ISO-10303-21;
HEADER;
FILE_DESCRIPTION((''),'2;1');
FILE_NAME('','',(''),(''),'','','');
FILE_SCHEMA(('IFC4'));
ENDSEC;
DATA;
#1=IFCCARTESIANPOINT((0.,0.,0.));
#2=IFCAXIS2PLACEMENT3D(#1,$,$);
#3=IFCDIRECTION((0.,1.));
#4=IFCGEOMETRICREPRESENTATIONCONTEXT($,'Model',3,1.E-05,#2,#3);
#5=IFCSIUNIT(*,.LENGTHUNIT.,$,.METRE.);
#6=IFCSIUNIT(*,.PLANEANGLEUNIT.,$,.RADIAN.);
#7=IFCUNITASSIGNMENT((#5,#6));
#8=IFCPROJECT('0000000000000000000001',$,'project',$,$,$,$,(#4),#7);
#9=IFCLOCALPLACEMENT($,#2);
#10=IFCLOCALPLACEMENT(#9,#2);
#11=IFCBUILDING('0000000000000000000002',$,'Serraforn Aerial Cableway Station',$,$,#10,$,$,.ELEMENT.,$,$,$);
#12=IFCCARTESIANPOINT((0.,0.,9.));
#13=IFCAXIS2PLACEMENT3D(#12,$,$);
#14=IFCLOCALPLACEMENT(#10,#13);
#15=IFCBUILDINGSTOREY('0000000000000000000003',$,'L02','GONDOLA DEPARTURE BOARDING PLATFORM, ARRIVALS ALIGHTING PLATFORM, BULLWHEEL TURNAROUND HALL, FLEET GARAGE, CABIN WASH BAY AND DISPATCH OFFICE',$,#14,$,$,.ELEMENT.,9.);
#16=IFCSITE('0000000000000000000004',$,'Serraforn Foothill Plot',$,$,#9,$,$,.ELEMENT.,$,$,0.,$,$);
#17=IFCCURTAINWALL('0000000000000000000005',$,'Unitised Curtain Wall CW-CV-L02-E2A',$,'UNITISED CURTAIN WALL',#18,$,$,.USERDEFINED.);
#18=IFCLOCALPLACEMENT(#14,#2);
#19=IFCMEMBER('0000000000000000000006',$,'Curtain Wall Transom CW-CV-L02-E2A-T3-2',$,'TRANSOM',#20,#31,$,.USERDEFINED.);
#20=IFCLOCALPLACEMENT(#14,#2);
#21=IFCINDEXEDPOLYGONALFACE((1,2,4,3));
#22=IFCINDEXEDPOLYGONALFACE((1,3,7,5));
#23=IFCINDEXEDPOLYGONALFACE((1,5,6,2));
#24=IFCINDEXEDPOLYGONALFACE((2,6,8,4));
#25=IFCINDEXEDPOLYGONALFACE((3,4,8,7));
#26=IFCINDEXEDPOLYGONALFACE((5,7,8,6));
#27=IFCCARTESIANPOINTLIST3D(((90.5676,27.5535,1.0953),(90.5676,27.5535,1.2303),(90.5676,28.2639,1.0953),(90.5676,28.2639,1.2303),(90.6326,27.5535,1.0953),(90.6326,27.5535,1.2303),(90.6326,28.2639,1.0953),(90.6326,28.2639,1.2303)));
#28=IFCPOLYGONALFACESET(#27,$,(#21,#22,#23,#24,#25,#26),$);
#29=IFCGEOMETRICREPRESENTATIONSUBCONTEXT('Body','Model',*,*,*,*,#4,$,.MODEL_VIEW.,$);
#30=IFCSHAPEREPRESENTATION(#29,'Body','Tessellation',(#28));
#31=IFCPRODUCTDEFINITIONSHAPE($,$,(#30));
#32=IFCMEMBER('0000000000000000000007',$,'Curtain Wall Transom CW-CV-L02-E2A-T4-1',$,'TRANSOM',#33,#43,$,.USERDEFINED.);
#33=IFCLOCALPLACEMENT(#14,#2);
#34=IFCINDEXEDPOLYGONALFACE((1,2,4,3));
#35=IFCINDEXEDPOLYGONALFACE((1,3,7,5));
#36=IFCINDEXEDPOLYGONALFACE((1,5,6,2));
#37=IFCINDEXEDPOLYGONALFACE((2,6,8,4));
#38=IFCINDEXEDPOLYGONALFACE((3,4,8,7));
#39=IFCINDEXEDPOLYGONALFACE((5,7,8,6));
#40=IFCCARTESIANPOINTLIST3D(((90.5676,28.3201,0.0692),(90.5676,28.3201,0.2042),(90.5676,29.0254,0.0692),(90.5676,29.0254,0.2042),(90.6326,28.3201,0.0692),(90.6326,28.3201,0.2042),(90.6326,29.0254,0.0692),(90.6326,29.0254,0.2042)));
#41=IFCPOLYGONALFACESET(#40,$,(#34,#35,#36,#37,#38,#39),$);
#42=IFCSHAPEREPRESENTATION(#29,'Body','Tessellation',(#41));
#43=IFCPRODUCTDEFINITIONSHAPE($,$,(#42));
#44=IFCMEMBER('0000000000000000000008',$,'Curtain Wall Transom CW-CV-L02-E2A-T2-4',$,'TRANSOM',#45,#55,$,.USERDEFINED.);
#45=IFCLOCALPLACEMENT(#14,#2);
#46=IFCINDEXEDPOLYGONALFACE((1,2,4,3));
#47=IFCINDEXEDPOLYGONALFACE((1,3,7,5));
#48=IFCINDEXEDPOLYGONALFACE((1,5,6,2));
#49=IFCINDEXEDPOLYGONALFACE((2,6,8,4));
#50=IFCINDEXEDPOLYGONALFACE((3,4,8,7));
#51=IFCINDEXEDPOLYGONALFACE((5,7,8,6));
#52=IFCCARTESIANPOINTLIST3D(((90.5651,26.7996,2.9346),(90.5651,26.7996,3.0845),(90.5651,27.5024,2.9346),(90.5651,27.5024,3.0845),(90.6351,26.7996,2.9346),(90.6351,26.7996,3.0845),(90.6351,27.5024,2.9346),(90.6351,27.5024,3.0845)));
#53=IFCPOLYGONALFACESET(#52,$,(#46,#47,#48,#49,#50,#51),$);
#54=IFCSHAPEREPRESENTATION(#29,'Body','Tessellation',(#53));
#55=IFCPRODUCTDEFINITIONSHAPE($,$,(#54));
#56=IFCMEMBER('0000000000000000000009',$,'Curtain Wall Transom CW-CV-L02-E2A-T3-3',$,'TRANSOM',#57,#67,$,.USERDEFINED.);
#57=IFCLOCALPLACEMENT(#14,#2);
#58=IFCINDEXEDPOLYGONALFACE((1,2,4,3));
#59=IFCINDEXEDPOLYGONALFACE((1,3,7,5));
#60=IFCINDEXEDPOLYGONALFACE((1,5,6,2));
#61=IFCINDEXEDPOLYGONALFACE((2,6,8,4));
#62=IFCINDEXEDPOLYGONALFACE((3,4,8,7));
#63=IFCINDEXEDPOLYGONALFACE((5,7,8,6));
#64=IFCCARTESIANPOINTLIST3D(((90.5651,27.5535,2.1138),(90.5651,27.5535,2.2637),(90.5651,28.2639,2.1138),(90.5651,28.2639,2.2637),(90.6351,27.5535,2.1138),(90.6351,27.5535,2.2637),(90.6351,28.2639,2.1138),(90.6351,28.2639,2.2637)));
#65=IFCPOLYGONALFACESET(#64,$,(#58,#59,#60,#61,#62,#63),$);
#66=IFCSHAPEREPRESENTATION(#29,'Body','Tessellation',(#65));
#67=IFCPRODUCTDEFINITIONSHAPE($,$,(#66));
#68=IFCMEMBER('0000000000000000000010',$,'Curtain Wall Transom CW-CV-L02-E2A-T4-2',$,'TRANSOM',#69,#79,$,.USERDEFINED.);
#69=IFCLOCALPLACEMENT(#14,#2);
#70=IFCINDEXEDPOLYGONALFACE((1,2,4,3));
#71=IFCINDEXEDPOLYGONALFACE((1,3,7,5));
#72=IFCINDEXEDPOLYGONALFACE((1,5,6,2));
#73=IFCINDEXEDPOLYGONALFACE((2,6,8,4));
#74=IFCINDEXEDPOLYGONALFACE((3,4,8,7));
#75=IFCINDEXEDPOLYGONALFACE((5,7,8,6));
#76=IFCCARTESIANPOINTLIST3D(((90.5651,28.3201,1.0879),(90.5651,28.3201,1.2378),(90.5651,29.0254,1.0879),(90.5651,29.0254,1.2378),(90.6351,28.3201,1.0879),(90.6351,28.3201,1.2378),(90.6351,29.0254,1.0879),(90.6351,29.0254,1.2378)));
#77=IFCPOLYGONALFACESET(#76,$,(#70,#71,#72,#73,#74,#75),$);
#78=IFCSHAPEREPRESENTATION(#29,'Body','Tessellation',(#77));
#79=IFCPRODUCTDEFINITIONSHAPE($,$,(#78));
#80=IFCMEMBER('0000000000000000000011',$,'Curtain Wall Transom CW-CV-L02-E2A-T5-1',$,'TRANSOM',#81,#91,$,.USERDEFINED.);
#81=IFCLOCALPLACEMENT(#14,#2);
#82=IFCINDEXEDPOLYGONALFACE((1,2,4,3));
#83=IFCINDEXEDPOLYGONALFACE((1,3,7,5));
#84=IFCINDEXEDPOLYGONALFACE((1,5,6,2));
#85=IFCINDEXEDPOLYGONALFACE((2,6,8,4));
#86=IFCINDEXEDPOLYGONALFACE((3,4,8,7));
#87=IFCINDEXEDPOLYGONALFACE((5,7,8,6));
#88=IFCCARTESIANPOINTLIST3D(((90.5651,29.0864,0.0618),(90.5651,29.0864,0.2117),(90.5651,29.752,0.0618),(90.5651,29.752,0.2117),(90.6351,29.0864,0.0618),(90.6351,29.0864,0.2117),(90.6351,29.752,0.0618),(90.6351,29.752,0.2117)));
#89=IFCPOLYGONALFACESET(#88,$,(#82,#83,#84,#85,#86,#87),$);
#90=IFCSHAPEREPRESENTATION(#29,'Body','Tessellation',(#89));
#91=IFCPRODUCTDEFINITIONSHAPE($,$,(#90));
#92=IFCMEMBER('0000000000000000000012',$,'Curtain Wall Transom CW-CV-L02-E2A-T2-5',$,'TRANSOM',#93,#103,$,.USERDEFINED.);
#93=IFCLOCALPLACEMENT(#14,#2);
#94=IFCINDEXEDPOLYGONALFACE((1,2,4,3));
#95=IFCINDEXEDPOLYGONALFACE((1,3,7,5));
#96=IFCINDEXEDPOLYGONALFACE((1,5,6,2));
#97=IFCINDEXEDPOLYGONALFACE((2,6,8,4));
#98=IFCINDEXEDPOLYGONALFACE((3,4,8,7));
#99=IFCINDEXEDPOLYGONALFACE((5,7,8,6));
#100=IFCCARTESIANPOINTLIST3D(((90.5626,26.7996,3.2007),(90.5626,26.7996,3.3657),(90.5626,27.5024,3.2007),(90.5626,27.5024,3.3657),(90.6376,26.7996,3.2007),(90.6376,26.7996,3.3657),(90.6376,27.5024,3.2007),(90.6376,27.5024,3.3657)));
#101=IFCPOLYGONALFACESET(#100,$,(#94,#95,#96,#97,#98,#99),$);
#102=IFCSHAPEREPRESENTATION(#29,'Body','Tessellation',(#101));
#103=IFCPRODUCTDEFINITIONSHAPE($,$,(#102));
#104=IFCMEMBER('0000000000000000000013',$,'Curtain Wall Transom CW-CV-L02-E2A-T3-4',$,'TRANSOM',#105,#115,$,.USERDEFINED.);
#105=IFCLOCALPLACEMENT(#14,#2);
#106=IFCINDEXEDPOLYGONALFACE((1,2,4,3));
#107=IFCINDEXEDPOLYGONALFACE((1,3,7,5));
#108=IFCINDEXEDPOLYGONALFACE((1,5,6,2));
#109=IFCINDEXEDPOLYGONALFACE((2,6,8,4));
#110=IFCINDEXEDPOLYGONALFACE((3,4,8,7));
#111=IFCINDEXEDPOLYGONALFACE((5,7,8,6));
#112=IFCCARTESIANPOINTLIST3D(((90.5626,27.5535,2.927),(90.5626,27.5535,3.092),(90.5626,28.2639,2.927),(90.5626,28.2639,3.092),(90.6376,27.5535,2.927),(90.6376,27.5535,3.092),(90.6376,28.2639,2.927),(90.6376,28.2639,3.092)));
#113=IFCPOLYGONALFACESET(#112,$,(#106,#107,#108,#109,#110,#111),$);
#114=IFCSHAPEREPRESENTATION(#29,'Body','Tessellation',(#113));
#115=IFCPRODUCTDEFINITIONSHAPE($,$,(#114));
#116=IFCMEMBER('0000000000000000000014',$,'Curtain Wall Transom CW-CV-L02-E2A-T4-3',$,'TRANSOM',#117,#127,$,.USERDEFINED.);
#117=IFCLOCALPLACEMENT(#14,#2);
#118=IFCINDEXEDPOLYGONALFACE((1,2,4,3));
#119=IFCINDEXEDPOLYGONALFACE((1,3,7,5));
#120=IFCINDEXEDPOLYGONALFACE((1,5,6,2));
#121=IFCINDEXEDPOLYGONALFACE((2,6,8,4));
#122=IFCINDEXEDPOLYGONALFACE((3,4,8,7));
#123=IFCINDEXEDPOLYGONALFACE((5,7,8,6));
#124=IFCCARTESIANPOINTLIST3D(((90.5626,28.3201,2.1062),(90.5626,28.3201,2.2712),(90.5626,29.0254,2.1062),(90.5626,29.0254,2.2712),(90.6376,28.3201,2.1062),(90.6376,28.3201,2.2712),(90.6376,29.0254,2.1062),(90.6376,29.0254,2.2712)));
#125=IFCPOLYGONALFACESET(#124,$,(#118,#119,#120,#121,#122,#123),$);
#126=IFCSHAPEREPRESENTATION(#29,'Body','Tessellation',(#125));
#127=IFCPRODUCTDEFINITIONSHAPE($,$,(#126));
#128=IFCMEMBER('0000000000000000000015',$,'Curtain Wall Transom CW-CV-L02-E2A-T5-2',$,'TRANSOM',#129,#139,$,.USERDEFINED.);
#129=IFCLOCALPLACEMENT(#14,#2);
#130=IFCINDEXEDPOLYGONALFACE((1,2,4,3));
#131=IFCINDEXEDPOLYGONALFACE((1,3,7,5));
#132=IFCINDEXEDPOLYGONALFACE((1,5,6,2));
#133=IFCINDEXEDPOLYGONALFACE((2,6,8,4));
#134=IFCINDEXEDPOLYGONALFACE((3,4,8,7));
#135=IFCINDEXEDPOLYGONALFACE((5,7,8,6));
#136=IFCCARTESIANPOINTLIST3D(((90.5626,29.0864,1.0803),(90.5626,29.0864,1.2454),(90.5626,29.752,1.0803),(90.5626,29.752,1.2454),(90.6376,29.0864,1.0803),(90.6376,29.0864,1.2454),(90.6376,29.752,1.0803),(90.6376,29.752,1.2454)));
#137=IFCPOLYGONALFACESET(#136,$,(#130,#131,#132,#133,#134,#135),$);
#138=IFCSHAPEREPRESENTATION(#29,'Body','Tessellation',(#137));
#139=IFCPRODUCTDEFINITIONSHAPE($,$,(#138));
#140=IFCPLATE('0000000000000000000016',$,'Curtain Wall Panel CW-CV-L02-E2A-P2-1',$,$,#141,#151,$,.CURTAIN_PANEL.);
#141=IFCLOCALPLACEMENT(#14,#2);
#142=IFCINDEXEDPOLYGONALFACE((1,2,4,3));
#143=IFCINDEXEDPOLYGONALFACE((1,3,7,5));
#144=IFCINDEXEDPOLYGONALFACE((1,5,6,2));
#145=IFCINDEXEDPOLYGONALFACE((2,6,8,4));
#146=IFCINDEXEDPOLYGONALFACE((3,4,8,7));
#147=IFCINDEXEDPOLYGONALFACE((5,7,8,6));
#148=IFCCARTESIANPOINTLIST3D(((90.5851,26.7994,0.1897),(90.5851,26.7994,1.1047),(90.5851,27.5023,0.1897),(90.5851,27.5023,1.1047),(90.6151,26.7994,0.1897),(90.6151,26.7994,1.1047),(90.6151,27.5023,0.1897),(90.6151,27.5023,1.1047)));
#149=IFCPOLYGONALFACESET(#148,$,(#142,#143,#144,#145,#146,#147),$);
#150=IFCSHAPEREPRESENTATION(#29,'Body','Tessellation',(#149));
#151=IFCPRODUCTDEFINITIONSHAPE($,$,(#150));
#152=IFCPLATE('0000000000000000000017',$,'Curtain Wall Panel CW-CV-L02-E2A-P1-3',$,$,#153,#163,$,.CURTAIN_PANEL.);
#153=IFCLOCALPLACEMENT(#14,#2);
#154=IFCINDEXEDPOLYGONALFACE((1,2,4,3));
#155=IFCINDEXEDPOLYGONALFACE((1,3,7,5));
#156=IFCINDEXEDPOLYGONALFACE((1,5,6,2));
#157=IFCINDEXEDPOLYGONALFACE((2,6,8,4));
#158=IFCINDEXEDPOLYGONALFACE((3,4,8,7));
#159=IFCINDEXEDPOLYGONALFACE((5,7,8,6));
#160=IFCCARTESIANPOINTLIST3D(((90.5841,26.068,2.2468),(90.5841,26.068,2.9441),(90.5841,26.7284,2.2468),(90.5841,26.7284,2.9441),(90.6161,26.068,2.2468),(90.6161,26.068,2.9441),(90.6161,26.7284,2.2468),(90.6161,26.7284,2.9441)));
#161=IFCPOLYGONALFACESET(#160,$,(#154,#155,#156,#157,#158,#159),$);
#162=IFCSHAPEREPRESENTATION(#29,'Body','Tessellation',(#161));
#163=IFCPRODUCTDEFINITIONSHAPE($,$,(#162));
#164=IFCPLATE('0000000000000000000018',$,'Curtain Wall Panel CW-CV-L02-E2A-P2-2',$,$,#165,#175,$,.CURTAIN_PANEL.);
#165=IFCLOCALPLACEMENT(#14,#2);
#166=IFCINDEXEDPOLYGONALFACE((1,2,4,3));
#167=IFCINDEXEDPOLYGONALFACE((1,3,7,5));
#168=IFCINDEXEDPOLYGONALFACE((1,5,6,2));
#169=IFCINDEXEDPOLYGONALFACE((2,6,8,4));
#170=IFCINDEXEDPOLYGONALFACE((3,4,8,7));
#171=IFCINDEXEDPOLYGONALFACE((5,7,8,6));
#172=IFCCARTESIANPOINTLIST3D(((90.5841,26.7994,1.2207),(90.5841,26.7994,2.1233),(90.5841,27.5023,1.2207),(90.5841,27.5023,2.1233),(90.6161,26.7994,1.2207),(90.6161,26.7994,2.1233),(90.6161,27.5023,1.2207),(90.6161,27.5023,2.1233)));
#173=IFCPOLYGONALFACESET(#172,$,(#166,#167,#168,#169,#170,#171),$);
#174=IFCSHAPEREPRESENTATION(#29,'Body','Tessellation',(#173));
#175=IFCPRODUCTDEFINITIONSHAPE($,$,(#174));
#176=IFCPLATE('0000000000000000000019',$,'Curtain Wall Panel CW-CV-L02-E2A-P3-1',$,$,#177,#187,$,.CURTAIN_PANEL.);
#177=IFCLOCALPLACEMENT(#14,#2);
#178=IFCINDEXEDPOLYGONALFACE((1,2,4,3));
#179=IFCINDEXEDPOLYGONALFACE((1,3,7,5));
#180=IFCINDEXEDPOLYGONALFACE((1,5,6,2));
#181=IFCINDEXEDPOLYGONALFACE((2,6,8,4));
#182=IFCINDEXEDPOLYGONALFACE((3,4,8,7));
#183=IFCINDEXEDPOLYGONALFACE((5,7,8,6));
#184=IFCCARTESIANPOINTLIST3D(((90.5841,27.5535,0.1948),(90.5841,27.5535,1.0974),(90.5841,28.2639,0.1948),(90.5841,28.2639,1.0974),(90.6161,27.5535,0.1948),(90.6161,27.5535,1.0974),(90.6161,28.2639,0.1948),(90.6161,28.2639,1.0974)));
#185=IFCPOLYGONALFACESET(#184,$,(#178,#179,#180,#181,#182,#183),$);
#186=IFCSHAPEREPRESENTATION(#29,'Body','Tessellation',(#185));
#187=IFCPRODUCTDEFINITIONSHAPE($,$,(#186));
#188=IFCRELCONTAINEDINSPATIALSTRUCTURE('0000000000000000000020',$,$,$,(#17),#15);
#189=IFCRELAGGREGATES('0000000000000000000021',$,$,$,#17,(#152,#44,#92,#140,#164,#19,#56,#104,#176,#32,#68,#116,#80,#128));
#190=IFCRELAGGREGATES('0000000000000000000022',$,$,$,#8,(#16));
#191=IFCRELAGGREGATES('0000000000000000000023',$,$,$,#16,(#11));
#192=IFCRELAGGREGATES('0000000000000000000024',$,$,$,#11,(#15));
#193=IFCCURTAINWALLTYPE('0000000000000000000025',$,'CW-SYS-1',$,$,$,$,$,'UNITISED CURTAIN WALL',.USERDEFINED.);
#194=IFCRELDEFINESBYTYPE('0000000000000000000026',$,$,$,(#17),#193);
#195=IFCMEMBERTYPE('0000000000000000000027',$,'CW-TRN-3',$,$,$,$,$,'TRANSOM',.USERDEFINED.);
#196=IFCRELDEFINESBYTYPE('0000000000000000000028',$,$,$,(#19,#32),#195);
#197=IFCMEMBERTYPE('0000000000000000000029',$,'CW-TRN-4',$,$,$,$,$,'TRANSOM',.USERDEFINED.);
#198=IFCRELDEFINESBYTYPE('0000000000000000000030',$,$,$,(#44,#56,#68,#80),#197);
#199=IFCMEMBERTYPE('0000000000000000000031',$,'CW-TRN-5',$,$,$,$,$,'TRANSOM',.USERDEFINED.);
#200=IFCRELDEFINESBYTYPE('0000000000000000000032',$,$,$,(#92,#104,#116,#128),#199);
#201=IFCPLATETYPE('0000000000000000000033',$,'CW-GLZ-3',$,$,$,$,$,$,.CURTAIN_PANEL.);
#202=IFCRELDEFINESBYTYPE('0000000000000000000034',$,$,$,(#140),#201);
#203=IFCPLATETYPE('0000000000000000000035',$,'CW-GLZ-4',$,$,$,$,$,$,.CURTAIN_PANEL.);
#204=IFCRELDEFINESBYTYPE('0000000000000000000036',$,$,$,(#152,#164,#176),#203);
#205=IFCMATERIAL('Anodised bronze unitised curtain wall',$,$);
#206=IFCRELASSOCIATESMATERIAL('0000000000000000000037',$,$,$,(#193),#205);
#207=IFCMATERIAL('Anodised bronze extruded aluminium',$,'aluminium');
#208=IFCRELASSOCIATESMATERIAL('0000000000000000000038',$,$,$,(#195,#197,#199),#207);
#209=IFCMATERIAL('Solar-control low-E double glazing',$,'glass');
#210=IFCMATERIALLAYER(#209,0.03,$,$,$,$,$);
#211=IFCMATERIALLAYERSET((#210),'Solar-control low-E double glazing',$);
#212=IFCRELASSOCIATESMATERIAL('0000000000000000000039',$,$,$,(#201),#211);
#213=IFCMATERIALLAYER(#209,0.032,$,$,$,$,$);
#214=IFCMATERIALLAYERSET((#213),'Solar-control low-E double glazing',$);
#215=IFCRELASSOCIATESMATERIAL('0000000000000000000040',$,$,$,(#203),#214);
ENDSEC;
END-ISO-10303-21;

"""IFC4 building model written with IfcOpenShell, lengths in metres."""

from ifc_helpers import new_model, si_unit, direction, frame, origin, origin_2d, place, context, subcontext, project, spatial, rectangle, extrude, material, layer, layer_set, material_profile, profile_set, type_object, element, aggregate, save


model = new_model("IFC4")

# Units and contexts
model_context = context("Model", 3, precision=1e-05, world=origin(), true_north=direction((0.0, 1.0)))
body_context = subcontext(model_context, "Body", "Model", "MODEL_VIEW")
ifc_project = project(units=[si_unit("LENGTHUNIT", "METRE"), si_unit("PLANEANGLEUNIT", "RADIAN")], contexts=[model_context])

# Site, building, storey
site_placement = place(None, origin())
site = spatial("IfcSite", under=ifc_project, at=site_placement, Name="Serraforn Foothill Plot", CompositionType="ELEMENT", RefElevation=0.0)
building_placement = place(site_placement, origin())
building = spatial("IfcBuilding", under=site, at=building_placement, Name="Serraforn Aerial Cableway Station", CompositionType="ELEMENT")
storey_placement = place(building_placement, frame((0.0, 0.0, 9.0)))
storey = spatial("IfcBuildingStorey", under=building, at=storey_placement, Name="L02", Description="GONDOLA DEPARTURE BOARDING PLATFORM, ARRIVALS ALIGHTING PLATFORM, BULLWHEEL TURNAROUND HALL, FLEET GARAGE, CABIN WASH BAY AND DISPATCH OFFICE", CompositionType="ELEMENT", Elevation=9.0)

# Curtain wall, members, plates
ifc_material_1 = material(Name="Anodised bronze unitised curtain wall")
curtain_wall_type = type_object("IfcCurtainWallType", Name="CW-SYS-1", ElementType="UNITISED CURTAIN WALL", PredefinedType="USERDEFINED", material=ifc_material_1)
curtain_wall_placement = place(storey_placement, origin())
curtain_wall = element("IfcCurtainWall", 1, at=curtain_wall_placement, inside=storey, type_object=curtain_wall_type, Name="Unitised Curtain Wall CW-CV-L02-E2A", ObjectType="UNITISED CURTAIN WALL", PredefinedType="USERDEFINED")
ifc_material_2 = material(Name="Anodised bronze extruded aluminium", Category="aluminium")
ifc_material_profile_1 = material_profile(ifc_material_2, rectangle(XDim=0.0649, YDim=0.135, at=origin_2d()), Name="CW TRANSOM 65x135")
ifc_profile_set_1 = profile_set([ifc_material_profile_1], Name="Anodised bronze extruded aluminium")
member_type_1 = type_object("IfcMemberType", Name="CW-TRN-3", ElementType="TRANSOM", PredefinedType="USERDEFINED", material=ifc_profile_set_1)
member_1_placement = place(storey_placement, frame((90.6001, 27.5535, 1.1628), z_axis=(0.0, 1.0, 0.0), x_axis=(-1.0, 0.0, 0.0)))
member_1 = element("IfcMember", 2, at=member_1_placement, type_object=member_type_1, Name="Curtain Wall Transom CW-CV-L02-E2A-T3-2", ObjectType="TRANSOM", PredefinedType="USERDEFINED", context=body_context, shape_type="SweptSolid", body=[
    extrude(rectangle(XDim=0.0649, YDim=0.135, at=origin_2d()), origin(), (0.0, 0.0, 1.0), 0.7104),
])
member_2_placement = place(storey_placement, frame((90.6001, 28.3201, 0.1367), z_axis=(0.0, 1.0, 0.0), x_axis=(-1.0, 0.0, 0.0)))
member_2 = element("IfcMember", 3, at=member_2_placement, type_object=member_type_1, Name="Curtain Wall Transom CW-CV-L02-E2A-T4-1", ObjectType="TRANSOM", PredefinedType="USERDEFINED", context=body_context, shape_type="SweptSolid", body=[
    extrude(rectangle(XDim=0.0649, YDim=0.135, at=origin_2d()), origin(), (0.0, 0.0, 1.0), 0.7053),
])
ifc_material_profile_2 = material_profile(ifc_material_2, rectangle(XDim=0.0701, YDim=0.1499, at=origin_2d()), Name="CW TRANSOM 70x150")
ifc_profile_set_2 = profile_set([ifc_material_profile_2], Name="Anodised bronze extruded aluminium")
member_type_2 = type_object("IfcMemberType", Name="CW-TRN-4", ElementType="TRANSOM", PredefinedType="USERDEFINED", material=ifc_profile_set_2)
member_3_placement = place(storey_placement, frame((90.6001, 26.7996, 3.0095), z_axis=(0.0, 1.0, 0.0), x_axis=(-1.0, 0.0, 0.0)))
member_3 = element("IfcMember", 4, at=member_3_placement, type_object=member_type_2, Name="Curtain Wall Transom CW-CV-L02-E2A-T2-4", ObjectType="TRANSOM", PredefinedType="USERDEFINED", context=body_context, shape_type="SweptSolid", body=[
    extrude(rectangle(XDim=0.0701, YDim=0.1499, at=origin_2d()), origin(), (0.0, 0.0, 1.0), 0.7029),
])
member_4_placement = place(storey_placement, frame((90.6001, 27.5535, 2.1887), z_axis=(0.0, 1.0, 0.0), x_axis=(-1.0, 0.0, 0.0)))
member_4 = element("IfcMember", 5, at=member_4_placement, type_object=member_type_2, Name="Curtain Wall Transom CW-CV-L02-E2A-T3-3", ObjectType="TRANSOM", PredefinedType="USERDEFINED", context=body_context, shape_type="SweptSolid", body=[
    extrude(rectangle(XDim=0.0701, YDim=0.1499, at=origin_2d()), origin(), (0.0, 0.0, 1.0), 0.7104),
])
member_5_placement = place(storey_placement, frame((90.6001, 28.3201, 1.1628), z_axis=(0.0, 1.0, 0.0), x_axis=(-1.0, 0.0, 0.0)))
member_5 = element("IfcMember", 6, at=member_5_placement, type_object=member_type_2, Name="Curtain Wall Transom CW-CV-L02-E2A-T4-2", ObjectType="TRANSOM", PredefinedType="USERDEFINED", context=body_context, shape_type="SweptSolid", body=[
    extrude(rectangle(XDim=0.0701, YDim=0.1499, at=origin_2d()), origin(), (0.0, 0.0, 1.0), 0.7053),
])
member_6_placement = place(storey_placement, frame((90.6001, 29.0864, 0.1367), z_axis=(0.0, 1.0, 0.0), x_axis=(-1.0, 0.0, 0.0)))
member_6 = element("IfcMember", 7, at=member_6_placement, type_object=member_type_2, Name="Curtain Wall Transom CW-CV-L02-E2A-T5-1", ObjectType="TRANSOM", PredefinedType="USERDEFINED", context=body_context, shape_type="SweptSolid", body=[
    extrude(rectangle(XDim=0.0701, YDim=0.1499, at=origin_2d()), origin(), (0.0, 0.0, 1.0), 0.6655),
])
ifc_material_profile_3 = material_profile(ifc_material_2, rectangle(XDim=0.075, YDim=0.165, at=origin_2d()), Name="CW TRANSOM 75x165")
ifc_profile_set_3 = profile_set([ifc_material_profile_3], Name="Anodised bronze extruded aluminium")
member_type_3 = type_object("IfcMemberType", Name="CW-TRN-5", ElementType="TRANSOM", PredefinedType="USERDEFINED", material=ifc_profile_set_3)
member_7_placement = place(storey_placement, frame((90.6001, 26.7996, 3.2832), z_axis=(0.0, 1.0, 0.0), x_axis=(-1.0, 0.0, 0.0)))
member_7 = element("IfcMember", 8, at=member_7_placement, type_object=member_type_3, Name="Curtain Wall Transom CW-CV-L02-E2A-T2-5", ObjectType="TRANSOM", PredefinedType="USERDEFINED", context=body_context, shape_type="SweptSolid", body=[
    extrude(rectangle(XDim=0.075, YDim=0.165, at=origin_2d()), origin(), (0.0, 0.0, 1.0), 0.7029),
])
member_8_placement = place(storey_placement, frame((90.6001, 27.5535, 3.0095), z_axis=(0.0, 1.0, 0.0), x_axis=(-1.0, 0.0, 0.0)))
member_8 = element("IfcMember", 9, at=member_8_placement, type_object=member_type_3, Name="Curtain Wall Transom CW-CV-L02-E2A-T3-4", ObjectType="TRANSOM", PredefinedType="USERDEFINED", context=body_context, shape_type="SweptSolid", body=[
    extrude(rectangle(XDim=0.075, YDim=0.165, at=origin_2d()), origin(), (0.0, 0.0, 1.0), 0.7104),
])
member_9_placement = place(storey_placement, frame((90.6001, 28.3201, 2.1887), z_axis=(0.0, 1.0, 0.0), x_axis=(-1.0, 0.0, 0.0)))
member_9 = element("IfcMember", 10, at=member_9_placement, type_object=member_type_3, Name="Curtain Wall Transom CW-CV-L02-E2A-T4-3", ObjectType="TRANSOM", PredefinedType="USERDEFINED", context=body_context, shape_type="SweptSolid", body=[
    extrude(rectangle(XDim=0.075, YDim=0.165, at=origin_2d()), origin(), (0.0, 0.0, 1.0), 0.7053),
])
member_10_placement = place(storey_placement, frame((90.6001, 29.0864, 1.1628), z_axis=(0.0, 1.0, 0.0), x_axis=(-1.0, 0.0, 0.0)))
member_10 = element("IfcMember", 11, at=member_10_placement, type_object=member_type_3, Name="Curtain Wall Transom CW-CV-L02-E2A-T5-2", ObjectType="TRANSOM", PredefinedType="USERDEFINED", context=body_context, shape_type="SweptSolid", body=[
    extrude(rectangle(XDim=0.075, YDim=0.165, at=origin_2d()), origin(), (0.0, 0.0, 1.0), 0.6655),
])
ifc_material_3 = material(Name="Solar-control low-E double glazing", Category="glass")
ifc_layer_1 = layer(ifc_material_3, 0.03)
ifc_layer_set_1 = layer_set([ifc_layer_1], Name="Solar-control low-E double glazing")
plate_type_1 = type_object("IfcPlateType", Name="CW-GLZ-3", PredefinedType="CURTAIN_PANEL", material=ifc_layer_set_1)
plate_1_placement = place(storey_placement, frame((90.6001, 27.1509, 0.1897), z_axis=(0.0, 0.0, 1.0), x_axis=(1.0, 0.0, 0.0)))
plate_1 = element("IfcPlate", 12, at=plate_1_placement, type_object=plate_type_1, Name="Curtain Wall Panel CW-CV-L02-E2A-P2-1", PredefinedType="CURTAIN_PANEL", context=body_context, shape_type="SweptSolid", body=[
    extrude(rectangle(XDim=0.03, YDim=0.7029, at=origin_2d()), origin(), (0.0, 0.0, 1.0), 0.915),
])
ifc_layer_2 = layer(ifc_material_3, 0.032)
ifc_layer_set_2 = layer_set([ifc_layer_2], Name="Solar-control low-E double glazing")
plate_type_2 = type_object("IfcPlateType", Name="CW-GLZ-4", PredefinedType="CURTAIN_PANEL", material=ifc_layer_set_2)
plate_2_placement = place(storey_placement, frame((90.6001, 26.3982, 2.2468), z_axis=(0.0, 0.0, 1.0), x_axis=(1.0, 0.0, 0.0)))
plate_2 = element("IfcPlate", 13, at=plate_2_placement, type_object=plate_type_2, Name="Curtain Wall Panel CW-CV-L02-E2A-P1-3", PredefinedType="CURTAIN_PANEL", context=body_context, shape_type="SweptSolid", body=[
    extrude(rectangle(XDim=0.032, YDim=0.6604, at=origin_2d()), origin(), (0.0, 0.0, 1.0), 0.6973),
])
plate_3_placement = place(storey_placement, frame((90.6001, 27.1509, 1.2207), z_axis=(0.0, 0.0, 1.0), x_axis=(1.0, 0.0, 0.0)))
plate_3 = element("IfcPlate", 14, at=plate_3_placement, type_object=plate_type_2, Name="Curtain Wall Panel CW-CV-L02-E2A-P2-2", PredefinedType="CURTAIN_PANEL", context=body_context, shape_type="SweptSolid", body=[
    extrude(rectangle(XDim=0.032, YDim=0.7029, at=origin_2d()), origin(), (0.0, 0.0, 1.0), 0.9026),
])
plate_4_placement = place(storey_placement, frame((90.6001, 27.9087, 0.1948), z_axis=(0.0, 0.0, 1.0), x_axis=(1.0, 0.0, 0.0)))
plate_4 = element("IfcPlate", 15, at=plate_4_placement, type_object=plate_type_2, Name="Curtain Wall Panel CW-CV-L02-E2A-P3-1", PredefinedType="CURTAIN_PANEL", context=body_context, shape_type="SweptSolid", body=[
    extrude(rectangle(XDim=0.032, YDim=0.7104, at=origin_2d()), origin(), (0.0, 0.0, 1.0), 0.9026),
])
aggregate(curtain_wall, [plate_2, member_3, member_7, plate_1, plate_3, member_1, member_4, member_8, plate_4, member_2, member_5, member_9, member_6, member_10])

save(model, "model.ifc")
